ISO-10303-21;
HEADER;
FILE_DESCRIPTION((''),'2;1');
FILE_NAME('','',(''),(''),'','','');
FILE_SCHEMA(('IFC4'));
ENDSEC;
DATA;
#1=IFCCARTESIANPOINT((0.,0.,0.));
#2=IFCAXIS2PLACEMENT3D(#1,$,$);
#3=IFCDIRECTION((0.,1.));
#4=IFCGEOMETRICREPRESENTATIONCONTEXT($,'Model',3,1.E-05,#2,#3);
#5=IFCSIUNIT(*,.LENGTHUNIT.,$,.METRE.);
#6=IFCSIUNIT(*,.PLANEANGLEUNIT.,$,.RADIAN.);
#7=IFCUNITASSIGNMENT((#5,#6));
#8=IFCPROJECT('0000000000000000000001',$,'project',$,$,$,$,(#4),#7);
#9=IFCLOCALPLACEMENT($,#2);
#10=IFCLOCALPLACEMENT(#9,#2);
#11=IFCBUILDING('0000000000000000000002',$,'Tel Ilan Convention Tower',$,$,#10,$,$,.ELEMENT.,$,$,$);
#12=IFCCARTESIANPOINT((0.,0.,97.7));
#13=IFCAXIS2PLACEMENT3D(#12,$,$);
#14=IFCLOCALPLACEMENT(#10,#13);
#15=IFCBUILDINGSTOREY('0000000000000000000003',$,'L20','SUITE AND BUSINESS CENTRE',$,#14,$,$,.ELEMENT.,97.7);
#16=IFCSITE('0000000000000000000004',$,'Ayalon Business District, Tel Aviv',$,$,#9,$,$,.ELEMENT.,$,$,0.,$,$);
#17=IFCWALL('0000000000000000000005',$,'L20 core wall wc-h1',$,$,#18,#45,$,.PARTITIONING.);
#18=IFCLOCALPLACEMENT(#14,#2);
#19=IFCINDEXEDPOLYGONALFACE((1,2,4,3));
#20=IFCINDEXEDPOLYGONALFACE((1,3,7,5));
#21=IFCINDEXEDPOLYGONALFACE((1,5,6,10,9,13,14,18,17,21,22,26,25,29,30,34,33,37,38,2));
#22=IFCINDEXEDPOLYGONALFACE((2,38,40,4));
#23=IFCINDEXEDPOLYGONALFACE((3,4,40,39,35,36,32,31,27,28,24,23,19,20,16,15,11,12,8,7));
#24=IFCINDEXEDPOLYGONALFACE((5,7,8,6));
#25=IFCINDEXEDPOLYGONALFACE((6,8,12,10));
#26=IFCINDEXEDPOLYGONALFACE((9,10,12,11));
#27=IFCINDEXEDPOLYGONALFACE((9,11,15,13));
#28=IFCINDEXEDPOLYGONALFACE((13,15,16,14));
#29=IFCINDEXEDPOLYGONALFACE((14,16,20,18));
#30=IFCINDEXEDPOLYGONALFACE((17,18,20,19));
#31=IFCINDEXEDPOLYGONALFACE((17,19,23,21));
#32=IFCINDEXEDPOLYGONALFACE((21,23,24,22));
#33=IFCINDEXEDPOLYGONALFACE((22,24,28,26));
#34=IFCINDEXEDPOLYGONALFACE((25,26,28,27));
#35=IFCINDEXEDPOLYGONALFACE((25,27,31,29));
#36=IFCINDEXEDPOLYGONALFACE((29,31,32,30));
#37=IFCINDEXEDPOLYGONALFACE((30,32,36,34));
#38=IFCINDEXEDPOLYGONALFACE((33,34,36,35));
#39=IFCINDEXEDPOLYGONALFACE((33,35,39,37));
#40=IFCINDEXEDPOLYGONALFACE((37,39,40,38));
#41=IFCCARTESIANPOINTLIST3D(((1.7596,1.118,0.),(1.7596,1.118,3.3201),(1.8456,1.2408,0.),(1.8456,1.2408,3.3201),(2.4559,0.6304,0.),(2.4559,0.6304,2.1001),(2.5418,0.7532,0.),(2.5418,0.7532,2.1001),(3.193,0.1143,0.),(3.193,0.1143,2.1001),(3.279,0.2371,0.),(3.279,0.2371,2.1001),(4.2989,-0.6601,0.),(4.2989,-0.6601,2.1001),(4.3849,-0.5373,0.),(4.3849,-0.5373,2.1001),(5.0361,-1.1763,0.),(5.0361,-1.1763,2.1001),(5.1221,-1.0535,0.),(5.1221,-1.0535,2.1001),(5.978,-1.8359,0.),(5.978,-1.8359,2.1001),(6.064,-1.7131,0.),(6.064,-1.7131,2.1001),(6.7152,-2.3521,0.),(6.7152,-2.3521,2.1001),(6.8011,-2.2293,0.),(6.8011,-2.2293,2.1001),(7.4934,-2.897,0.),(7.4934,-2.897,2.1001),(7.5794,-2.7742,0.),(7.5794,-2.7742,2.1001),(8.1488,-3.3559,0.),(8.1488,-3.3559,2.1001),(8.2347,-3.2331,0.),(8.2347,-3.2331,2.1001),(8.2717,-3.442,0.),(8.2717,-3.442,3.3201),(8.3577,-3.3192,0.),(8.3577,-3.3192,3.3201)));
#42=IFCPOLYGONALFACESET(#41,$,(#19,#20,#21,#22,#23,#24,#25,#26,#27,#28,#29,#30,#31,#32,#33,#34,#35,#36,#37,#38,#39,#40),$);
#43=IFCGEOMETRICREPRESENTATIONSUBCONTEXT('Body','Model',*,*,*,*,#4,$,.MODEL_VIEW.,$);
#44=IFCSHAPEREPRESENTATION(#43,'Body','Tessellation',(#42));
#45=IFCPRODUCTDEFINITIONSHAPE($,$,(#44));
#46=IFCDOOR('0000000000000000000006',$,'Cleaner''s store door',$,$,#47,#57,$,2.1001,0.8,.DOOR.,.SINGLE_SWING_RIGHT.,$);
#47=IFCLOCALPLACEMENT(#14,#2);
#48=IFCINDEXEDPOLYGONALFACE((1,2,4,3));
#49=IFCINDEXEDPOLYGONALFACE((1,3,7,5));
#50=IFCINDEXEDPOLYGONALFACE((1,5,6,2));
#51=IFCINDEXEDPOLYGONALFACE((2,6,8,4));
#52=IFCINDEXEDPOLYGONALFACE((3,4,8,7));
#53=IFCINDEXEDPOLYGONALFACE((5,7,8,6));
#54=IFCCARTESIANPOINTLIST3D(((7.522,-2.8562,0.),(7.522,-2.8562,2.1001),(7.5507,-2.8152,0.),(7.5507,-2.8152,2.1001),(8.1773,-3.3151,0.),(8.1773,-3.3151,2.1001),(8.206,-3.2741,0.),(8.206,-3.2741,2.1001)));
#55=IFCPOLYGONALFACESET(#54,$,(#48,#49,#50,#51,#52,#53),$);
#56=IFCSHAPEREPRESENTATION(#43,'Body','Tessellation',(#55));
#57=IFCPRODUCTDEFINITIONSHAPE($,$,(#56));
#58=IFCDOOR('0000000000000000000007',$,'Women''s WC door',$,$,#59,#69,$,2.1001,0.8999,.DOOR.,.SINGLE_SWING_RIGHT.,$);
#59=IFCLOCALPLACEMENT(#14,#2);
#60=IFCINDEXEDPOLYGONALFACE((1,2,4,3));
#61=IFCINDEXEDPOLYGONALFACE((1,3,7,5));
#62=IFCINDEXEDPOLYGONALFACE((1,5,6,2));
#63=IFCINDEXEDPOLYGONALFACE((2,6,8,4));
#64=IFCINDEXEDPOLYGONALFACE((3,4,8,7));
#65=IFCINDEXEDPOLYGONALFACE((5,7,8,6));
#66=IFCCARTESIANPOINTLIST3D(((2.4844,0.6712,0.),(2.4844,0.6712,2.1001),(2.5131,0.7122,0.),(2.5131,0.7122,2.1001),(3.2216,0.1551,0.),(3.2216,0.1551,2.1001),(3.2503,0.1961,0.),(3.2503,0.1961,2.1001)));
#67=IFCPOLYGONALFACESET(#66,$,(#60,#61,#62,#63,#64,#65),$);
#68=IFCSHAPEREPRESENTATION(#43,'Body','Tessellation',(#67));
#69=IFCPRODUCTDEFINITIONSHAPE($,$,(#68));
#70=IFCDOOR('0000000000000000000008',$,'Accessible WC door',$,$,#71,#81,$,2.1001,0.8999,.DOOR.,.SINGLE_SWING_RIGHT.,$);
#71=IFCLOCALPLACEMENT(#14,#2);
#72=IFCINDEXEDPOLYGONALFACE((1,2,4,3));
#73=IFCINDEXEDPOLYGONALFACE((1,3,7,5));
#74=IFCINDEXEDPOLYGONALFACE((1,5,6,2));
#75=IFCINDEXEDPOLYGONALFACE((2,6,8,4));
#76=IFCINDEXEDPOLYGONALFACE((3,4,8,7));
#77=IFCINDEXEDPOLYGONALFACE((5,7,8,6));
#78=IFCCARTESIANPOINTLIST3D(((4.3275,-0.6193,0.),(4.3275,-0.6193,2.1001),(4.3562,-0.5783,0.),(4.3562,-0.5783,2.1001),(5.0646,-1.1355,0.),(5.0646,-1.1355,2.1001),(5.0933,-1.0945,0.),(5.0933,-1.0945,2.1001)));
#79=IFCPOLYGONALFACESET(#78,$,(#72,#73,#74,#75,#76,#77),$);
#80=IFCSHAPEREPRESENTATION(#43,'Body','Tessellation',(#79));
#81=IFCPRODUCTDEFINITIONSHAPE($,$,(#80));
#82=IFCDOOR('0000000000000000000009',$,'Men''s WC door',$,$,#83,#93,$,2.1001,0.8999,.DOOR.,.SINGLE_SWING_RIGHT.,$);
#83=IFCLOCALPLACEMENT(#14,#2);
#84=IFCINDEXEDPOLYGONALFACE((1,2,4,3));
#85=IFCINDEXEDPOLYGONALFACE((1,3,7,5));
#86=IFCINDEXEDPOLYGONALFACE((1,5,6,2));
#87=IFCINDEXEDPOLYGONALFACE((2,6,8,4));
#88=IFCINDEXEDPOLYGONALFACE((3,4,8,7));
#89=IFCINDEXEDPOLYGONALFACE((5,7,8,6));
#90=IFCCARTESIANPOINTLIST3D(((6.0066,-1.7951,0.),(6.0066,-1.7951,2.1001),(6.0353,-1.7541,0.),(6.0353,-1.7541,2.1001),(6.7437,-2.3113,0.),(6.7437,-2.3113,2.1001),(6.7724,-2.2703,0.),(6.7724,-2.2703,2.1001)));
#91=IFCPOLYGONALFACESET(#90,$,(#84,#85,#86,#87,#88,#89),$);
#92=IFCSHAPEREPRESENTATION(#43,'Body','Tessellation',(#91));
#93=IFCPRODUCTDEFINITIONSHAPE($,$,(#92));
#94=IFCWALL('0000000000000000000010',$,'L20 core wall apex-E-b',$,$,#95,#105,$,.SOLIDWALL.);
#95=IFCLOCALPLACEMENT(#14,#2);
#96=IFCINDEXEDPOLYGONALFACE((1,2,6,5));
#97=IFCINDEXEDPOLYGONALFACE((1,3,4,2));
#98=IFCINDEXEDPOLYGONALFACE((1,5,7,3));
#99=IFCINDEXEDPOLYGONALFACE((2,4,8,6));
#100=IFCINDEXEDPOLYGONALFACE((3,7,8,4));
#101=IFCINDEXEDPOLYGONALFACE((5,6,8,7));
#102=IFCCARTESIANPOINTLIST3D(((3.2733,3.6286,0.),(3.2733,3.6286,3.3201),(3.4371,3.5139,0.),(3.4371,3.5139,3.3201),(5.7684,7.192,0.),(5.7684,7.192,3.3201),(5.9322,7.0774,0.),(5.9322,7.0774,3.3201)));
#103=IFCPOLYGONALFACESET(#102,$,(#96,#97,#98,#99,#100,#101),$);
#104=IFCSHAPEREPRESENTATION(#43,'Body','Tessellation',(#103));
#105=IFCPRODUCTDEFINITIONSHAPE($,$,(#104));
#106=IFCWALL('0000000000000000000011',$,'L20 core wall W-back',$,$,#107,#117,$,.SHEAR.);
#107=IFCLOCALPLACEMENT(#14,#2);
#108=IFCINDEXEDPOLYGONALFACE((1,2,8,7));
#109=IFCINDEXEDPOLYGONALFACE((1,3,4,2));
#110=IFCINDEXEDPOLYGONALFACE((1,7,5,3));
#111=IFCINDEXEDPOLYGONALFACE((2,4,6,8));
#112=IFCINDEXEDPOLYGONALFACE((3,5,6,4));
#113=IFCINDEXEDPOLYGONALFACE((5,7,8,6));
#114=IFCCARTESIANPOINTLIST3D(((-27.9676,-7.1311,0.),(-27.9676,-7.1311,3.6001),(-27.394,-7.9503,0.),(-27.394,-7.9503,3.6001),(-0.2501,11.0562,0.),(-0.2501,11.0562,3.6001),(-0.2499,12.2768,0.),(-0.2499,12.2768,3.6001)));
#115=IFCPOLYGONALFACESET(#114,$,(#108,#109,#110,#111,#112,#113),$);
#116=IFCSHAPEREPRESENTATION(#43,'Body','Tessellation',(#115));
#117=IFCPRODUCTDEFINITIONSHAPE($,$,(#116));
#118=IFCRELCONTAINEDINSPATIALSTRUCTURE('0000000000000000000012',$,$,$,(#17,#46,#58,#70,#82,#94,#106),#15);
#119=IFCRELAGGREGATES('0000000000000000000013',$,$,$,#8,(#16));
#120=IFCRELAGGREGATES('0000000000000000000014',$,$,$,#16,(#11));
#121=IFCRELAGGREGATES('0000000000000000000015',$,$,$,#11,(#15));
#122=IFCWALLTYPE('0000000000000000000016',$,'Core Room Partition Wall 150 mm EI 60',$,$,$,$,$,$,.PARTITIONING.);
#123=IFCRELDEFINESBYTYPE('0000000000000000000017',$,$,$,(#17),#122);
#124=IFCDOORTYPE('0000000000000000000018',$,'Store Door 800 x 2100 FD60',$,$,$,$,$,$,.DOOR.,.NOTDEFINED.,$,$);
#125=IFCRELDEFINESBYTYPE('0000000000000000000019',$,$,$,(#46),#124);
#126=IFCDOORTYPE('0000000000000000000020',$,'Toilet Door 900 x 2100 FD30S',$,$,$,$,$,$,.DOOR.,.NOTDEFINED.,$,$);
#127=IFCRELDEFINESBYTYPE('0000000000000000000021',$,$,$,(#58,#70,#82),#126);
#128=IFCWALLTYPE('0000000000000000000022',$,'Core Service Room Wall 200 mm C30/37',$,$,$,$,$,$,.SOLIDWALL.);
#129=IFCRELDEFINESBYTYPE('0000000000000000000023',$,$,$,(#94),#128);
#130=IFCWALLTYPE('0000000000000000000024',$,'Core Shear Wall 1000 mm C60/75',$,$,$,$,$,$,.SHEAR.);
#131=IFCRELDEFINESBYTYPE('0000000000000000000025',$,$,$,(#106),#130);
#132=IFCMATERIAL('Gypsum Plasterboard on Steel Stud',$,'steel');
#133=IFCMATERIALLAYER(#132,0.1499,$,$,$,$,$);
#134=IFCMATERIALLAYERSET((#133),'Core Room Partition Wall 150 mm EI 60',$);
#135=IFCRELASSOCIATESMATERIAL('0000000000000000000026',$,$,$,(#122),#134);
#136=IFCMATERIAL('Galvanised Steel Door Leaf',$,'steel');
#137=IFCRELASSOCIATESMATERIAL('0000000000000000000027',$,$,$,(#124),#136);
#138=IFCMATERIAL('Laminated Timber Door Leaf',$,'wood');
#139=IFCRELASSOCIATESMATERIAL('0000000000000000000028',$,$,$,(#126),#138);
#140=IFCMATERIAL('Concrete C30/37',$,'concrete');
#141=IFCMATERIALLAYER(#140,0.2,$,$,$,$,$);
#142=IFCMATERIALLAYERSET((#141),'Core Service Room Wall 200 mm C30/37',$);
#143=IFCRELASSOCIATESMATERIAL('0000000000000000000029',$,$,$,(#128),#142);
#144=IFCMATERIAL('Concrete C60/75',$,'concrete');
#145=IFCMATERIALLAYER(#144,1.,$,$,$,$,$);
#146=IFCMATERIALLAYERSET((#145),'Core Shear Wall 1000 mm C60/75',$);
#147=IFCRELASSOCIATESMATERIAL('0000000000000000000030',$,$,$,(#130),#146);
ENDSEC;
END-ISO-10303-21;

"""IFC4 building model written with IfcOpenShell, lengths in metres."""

from ifc_helpers import new_model, si_unit, direction, frame, frame_2d, origin, place, context, subcontext, project, spatial, polyline, rectangle, outline, extrude, material, layer, layer_set, type_object, element, fill, save


model = new_model("IFC4")

# Units and contexts
model_context = context("Model", 3, precision=1e-05, world=origin(), true_north=direction((0.0, 1.0)))
body_context = subcontext(model_context, "Body", "Model", "MODEL_VIEW")
ifc_project = project(units=[si_unit("LENGTHUNIT", "METRE"), si_unit("PLANEANGLEUNIT", "RADIAN")], contexts=[model_context])

# Site, building, storey
site_placement = place(None, origin())
site = spatial("IfcSite", under=ifc_project, at=site_placement, Name="Ayalon Business District, Tel Aviv", CompositionType="ELEMENT", RefElevation=0.0)
building_placement = place(site_placement, origin())
building = spatial("IfcBuilding", under=site, at=building_placement, Name="Tel Ilan Convention Tower", CompositionType="ELEMENT")
storey_placement = place(building_placement, frame((0.0, 0.0, 97.7)))
storey = spatial("IfcBuildingStorey", under=building, at=storey_placement, Name="L20", Description="SUITE AND BUSINESS CENTRE", CompositionType="ELEMENT", Elevation=97.7)

# Wall, openings, doors
ifc_material_1 = material(Name="Gypsum Plasterboard on Steel Stud", Category="steel")
ifc_layer_1 = layer(ifc_material_1, 0.1499)
ifc_layer_set_1 = layer_set([ifc_layer_1], Name="Core Room Partition Wall 150 mm EI 60")
wall_type_1 = type_object("IfcWallType", Name="Core Room Partition Wall 150 mm EI 60", PredefinedType="PARTITIONING", material=ifc_layer_set_1)
wall_1_placement = place(storey_placement, frame((1.8025, 1.1794, 0.0), z_axis=(0.0, 0.0, 1.0), x_axis=(0.819142, -0.57359, 0.0)))
wall_1 = element("IfcWall", 1, at=wall_1_placement, inside=storey, type_object=wall_type_1, Name="L20 core wall wc-h1", PredefinedType="PARTITIONING", context=body_context, shape_type="SweptSolid", body=[
    extrude(rectangle(XDim=7.95, YDim=0.1499, at=frame_2d((3.9751, 0.0))), origin(), (0.0, 0.0, 1.0), 3.3201),
])
opening_1_placement = place(wall_1_placement, frame((0.8501, 0.0, 0.0)))
opening_1 = element("IfcOpeningElement", 2, at=opening_1_placement, cuts=wall_1, PredefinedType="OPENING", context=body_context, shape_type="SweptSolid", body=[
    extrude(rectangle(XDim=0.8999, YDim=2.1001, at=frame_2d((0.45, 1.05))), frame((0.0, 0.085, 0.0), z_axis=(0.0, -1.0, 0.0), x_axis=(1.0, 0.0, 0.0)), (0.0, 0.0, 1.0), 0.1699),
])
opening_2_placement = place(wall_1_placement, frame((3.1001, 0.0, 0.0)))
opening_2 = element("IfcOpeningElement", 3, at=opening_2_placement, cuts=wall_1, PredefinedType="OPENING", context=body_context, shape_type="SweptSolid", body=[
    extrude(rectangle(XDim=0.8999, YDim=2.1001, at=frame_2d((0.45, 1.05))), frame((0.0, 0.085, 0.0), z_axis=(0.0, -1.0, 0.0), x_axis=(1.0, 0.0, 0.0)), (0.0, 0.0, 1.0), 0.1699),
])
opening_3_placement = place(wall_1_placement, frame((5.1499, 0.0, 0.0)))
opening_3 = element("IfcOpeningElement", 4, at=opening_3_placement, cuts=wall_1, PredefinedType="OPENING", context=body_context, shape_type="SweptSolid", body=[
    extrude(rectangle(XDim=0.8999, YDim=2.1001, at=frame_2d((0.45, 1.05))), frame((0.0, 0.085, 0.0), z_axis=(0.0, -1.0, 0.0), x_axis=(1.0, 0.0, 0.0)), (0.0, 0.0, 1.0), 0.1699),
])
opening_4_placement = place(wall_1_placement, frame((7.0, 0.0, 0.0)))
opening_4 = element("IfcOpeningElement", 5, at=opening_4_placement, cuts=wall_1, PredefinedType="OPENING", context=body_context, shape_type="SweptSolid", body=[
    extrude(rectangle(XDim=0.8, YDim=2.1001, at=frame_2d((0.3999, 1.05))), frame((0.0, 0.085, 0.0), z_axis=(0.0, -1.0, 0.0), x_axis=(1.0, 0.0, 0.0)), (0.0, 0.0, 1.0), 0.1699),
])
ifc_material_2 = material(Name="Galvanised Steel Door Leaf", Category="steel")
door_type_1 = type_object("IfcDoorType", Name="Store Door 800 x 2100 FD60", OperationType="NOTDEFINED", PredefinedType="DOOR", material=ifc_material_2)
door_1_placement = place(opening_4_placement, origin())
door_1 = element("IfcDoor", 6, at=door_1_placement, inside=storey, type_object=door_type_1, Name="Cleaner's store door", OperationType="SINGLE_SWING_RIGHT", OverallHeight=2.1001, OverallWidth=0.8, PredefinedType="DOOR", context=body_context, shape_type="SweptSolid", body=[
    extrude(rectangle(XDim=0.8, YDim=2.1001, at=frame_2d((0.3999, 1.05))), frame((0.0, 0.0249, 0.0), z_axis=(0.0, -1.0, 0.0), x_axis=(1.0, 0.0, 0.0)), (0.0, 0.0, 1.0), 0.05),
])
fill(opening_4, door_1)
ifc_material_3 = material(Name="Laminated Timber Door Leaf", Category="wood")
door_type_2 = type_object("IfcDoorType", Name="Toilet Door 900 x 2100 FD30S", OperationType="NOTDEFINED", PredefinedType="DOOR", material=ifc_material_3)
door_2_placement = place(opening_1_placement, origin())
door_2 = element("IfcDoor", 7, at=door_2_placement, inside=storey, type_object=door_type_2, Name="Women's WC door", OperationType="SINGLE_SWING_RIGHT", OverallHeight=2.1001, OverallWidth=0.8999, PredefinedType="DOOR", context=body_context, shape_type="SweptSolid", body=[
    extrude(rectangle(XDim=0.8999, YDim=2.1001, at=frame_2d((0.45, 1.05))), frame((0.0, 0.0249, 0.0), z_axis=(0.0, -1.0, 0.0), x_axis=(1.0, 0.0, 0.0)), (0.0, 0.0, 1.0), 0.05),
])
fill(opening_1, door_2)
door_3_placement = place(opening_2_placement, origin())
door_3 = element("IfcDoor", 8, at=door_3_placement, inside=storey, type_object=door_type_2, Name="Accessible WC door", OperationType="SINGLE_SWING_RIGHT", OverallHeight=2.1001, OverallWidth=0.8999, PredefinedType="DOOR", context=body_context, shape_type="SweptSolid", body=[
    extrude(rectangle(XDim=0.8999, YDim=2.1001, at=frame_2d((0.45, 1.05))), frame((0.0, 0.0249, 0.0), z_axis=(0.0, -1.0, 0.0), x_axis=(1.0, 0.0, 0.0)), (0.0, 0.0, 1.0), 0.05),
])
fill(opening_2, door_3)
door_4_placement = place(opening_3_placement, origin())
door_4 = element("IfcDoor", 9, at=door_4_placement, inside=storey, type_object=door_type_2, Name="Men's WC door", OperationType="SINGLE_SWING_RIGHT", OverallHeight=2.1001, OverallWidth=0.8999, PredefinedType="DOOR", context=body_context, shape_type="SweptSolid", body=[
    extrude(rectangle(XDim=0.8999, YDim=2.1001, at=frame_2d((0.45, 1.05))), frame((0.0, 0.0249, 0.0), z_axis=(0.0, -1.0, 0.0), x_axis=(1.0, 0.0, 0.0)), (0.0, 0.0, 1.0), 0.05),
])
fill(opening_3, door_4)

# Walls
ifc_material_4 = material(Name="Concrete C30/37", Category="concrete")
ifc_layer_2 = layer(ifc_material_4, 0.2)
ifc_layer_set_2 = layer_set([ifc_layer_2], Name="Core Service Room Wall 200 mm C30/37")
wall_type_2 = type_object("IfcWallType", Name="Core Service Room Wall 200 mm C30/37", PredefinedType="SOLIDWALL", material=ifc_layer_set_2)
wall_2_placement = place(storey_placement, frame((3.3552, 3.5713, 0.0), z_axis=(0.0, 0.0, 1.0), x_axis=(0.573568, 0.819158, 0.0)))
element("IfcWall", 10, at=wall_2_placement, inside=storey, type_object=wall_type_2, Name="L20 core wall apex-E-b", PredefinedType="SOLIDWALL", context=body_context, shape_type="SweptSolid", body=[
    extrude(rectangle(XDim=4.3501, YDim=0.2, at=frame_2d((2.175, 0.0))), origin(), (0.0, 0.0, 1.0), 3.3201),
])
ifc_material_5 = material(Name="Concrete C60/75", Category="concrete")
ifc_layer_3 = layer(ifc_material_5, 1.0)
ifc_layer_set_3 = layer_set([ifc_layer_3], Name="Core Shear Wall 1000 mm C60/75")
wall_type_3 = type_object("IfcWallType", Name="Core Shear Wall 1000 mm C60/75", PredefinedType="SHEAR", material=ifc_layer_set_3)
wall_3_placement = place(storey_placement, frame((0.0369, 11.8672, 0.0), z_axis=(0.0, 0.0, 1.0), x_axis=(-0.819155, -0.573572, 0.0)))
element("IfcWall", 11, at=wall_3_placement, inside=storey, type_object=wall_type_3, Name="L20 core wall W-back", PredefinedType="SHEAR", context=body_context, shape_type="SweptSolid", body=[
    extrude(outline(polyline([(33.8369, 0.5), (0.7002, 0.4998), (0.0, -0.5), (33.8369, -0.5), (33.8369, 0.5)])), origin(), (0.0, 0.0, 1.0), 3.6001),
])

save(model, "model.ifc")
